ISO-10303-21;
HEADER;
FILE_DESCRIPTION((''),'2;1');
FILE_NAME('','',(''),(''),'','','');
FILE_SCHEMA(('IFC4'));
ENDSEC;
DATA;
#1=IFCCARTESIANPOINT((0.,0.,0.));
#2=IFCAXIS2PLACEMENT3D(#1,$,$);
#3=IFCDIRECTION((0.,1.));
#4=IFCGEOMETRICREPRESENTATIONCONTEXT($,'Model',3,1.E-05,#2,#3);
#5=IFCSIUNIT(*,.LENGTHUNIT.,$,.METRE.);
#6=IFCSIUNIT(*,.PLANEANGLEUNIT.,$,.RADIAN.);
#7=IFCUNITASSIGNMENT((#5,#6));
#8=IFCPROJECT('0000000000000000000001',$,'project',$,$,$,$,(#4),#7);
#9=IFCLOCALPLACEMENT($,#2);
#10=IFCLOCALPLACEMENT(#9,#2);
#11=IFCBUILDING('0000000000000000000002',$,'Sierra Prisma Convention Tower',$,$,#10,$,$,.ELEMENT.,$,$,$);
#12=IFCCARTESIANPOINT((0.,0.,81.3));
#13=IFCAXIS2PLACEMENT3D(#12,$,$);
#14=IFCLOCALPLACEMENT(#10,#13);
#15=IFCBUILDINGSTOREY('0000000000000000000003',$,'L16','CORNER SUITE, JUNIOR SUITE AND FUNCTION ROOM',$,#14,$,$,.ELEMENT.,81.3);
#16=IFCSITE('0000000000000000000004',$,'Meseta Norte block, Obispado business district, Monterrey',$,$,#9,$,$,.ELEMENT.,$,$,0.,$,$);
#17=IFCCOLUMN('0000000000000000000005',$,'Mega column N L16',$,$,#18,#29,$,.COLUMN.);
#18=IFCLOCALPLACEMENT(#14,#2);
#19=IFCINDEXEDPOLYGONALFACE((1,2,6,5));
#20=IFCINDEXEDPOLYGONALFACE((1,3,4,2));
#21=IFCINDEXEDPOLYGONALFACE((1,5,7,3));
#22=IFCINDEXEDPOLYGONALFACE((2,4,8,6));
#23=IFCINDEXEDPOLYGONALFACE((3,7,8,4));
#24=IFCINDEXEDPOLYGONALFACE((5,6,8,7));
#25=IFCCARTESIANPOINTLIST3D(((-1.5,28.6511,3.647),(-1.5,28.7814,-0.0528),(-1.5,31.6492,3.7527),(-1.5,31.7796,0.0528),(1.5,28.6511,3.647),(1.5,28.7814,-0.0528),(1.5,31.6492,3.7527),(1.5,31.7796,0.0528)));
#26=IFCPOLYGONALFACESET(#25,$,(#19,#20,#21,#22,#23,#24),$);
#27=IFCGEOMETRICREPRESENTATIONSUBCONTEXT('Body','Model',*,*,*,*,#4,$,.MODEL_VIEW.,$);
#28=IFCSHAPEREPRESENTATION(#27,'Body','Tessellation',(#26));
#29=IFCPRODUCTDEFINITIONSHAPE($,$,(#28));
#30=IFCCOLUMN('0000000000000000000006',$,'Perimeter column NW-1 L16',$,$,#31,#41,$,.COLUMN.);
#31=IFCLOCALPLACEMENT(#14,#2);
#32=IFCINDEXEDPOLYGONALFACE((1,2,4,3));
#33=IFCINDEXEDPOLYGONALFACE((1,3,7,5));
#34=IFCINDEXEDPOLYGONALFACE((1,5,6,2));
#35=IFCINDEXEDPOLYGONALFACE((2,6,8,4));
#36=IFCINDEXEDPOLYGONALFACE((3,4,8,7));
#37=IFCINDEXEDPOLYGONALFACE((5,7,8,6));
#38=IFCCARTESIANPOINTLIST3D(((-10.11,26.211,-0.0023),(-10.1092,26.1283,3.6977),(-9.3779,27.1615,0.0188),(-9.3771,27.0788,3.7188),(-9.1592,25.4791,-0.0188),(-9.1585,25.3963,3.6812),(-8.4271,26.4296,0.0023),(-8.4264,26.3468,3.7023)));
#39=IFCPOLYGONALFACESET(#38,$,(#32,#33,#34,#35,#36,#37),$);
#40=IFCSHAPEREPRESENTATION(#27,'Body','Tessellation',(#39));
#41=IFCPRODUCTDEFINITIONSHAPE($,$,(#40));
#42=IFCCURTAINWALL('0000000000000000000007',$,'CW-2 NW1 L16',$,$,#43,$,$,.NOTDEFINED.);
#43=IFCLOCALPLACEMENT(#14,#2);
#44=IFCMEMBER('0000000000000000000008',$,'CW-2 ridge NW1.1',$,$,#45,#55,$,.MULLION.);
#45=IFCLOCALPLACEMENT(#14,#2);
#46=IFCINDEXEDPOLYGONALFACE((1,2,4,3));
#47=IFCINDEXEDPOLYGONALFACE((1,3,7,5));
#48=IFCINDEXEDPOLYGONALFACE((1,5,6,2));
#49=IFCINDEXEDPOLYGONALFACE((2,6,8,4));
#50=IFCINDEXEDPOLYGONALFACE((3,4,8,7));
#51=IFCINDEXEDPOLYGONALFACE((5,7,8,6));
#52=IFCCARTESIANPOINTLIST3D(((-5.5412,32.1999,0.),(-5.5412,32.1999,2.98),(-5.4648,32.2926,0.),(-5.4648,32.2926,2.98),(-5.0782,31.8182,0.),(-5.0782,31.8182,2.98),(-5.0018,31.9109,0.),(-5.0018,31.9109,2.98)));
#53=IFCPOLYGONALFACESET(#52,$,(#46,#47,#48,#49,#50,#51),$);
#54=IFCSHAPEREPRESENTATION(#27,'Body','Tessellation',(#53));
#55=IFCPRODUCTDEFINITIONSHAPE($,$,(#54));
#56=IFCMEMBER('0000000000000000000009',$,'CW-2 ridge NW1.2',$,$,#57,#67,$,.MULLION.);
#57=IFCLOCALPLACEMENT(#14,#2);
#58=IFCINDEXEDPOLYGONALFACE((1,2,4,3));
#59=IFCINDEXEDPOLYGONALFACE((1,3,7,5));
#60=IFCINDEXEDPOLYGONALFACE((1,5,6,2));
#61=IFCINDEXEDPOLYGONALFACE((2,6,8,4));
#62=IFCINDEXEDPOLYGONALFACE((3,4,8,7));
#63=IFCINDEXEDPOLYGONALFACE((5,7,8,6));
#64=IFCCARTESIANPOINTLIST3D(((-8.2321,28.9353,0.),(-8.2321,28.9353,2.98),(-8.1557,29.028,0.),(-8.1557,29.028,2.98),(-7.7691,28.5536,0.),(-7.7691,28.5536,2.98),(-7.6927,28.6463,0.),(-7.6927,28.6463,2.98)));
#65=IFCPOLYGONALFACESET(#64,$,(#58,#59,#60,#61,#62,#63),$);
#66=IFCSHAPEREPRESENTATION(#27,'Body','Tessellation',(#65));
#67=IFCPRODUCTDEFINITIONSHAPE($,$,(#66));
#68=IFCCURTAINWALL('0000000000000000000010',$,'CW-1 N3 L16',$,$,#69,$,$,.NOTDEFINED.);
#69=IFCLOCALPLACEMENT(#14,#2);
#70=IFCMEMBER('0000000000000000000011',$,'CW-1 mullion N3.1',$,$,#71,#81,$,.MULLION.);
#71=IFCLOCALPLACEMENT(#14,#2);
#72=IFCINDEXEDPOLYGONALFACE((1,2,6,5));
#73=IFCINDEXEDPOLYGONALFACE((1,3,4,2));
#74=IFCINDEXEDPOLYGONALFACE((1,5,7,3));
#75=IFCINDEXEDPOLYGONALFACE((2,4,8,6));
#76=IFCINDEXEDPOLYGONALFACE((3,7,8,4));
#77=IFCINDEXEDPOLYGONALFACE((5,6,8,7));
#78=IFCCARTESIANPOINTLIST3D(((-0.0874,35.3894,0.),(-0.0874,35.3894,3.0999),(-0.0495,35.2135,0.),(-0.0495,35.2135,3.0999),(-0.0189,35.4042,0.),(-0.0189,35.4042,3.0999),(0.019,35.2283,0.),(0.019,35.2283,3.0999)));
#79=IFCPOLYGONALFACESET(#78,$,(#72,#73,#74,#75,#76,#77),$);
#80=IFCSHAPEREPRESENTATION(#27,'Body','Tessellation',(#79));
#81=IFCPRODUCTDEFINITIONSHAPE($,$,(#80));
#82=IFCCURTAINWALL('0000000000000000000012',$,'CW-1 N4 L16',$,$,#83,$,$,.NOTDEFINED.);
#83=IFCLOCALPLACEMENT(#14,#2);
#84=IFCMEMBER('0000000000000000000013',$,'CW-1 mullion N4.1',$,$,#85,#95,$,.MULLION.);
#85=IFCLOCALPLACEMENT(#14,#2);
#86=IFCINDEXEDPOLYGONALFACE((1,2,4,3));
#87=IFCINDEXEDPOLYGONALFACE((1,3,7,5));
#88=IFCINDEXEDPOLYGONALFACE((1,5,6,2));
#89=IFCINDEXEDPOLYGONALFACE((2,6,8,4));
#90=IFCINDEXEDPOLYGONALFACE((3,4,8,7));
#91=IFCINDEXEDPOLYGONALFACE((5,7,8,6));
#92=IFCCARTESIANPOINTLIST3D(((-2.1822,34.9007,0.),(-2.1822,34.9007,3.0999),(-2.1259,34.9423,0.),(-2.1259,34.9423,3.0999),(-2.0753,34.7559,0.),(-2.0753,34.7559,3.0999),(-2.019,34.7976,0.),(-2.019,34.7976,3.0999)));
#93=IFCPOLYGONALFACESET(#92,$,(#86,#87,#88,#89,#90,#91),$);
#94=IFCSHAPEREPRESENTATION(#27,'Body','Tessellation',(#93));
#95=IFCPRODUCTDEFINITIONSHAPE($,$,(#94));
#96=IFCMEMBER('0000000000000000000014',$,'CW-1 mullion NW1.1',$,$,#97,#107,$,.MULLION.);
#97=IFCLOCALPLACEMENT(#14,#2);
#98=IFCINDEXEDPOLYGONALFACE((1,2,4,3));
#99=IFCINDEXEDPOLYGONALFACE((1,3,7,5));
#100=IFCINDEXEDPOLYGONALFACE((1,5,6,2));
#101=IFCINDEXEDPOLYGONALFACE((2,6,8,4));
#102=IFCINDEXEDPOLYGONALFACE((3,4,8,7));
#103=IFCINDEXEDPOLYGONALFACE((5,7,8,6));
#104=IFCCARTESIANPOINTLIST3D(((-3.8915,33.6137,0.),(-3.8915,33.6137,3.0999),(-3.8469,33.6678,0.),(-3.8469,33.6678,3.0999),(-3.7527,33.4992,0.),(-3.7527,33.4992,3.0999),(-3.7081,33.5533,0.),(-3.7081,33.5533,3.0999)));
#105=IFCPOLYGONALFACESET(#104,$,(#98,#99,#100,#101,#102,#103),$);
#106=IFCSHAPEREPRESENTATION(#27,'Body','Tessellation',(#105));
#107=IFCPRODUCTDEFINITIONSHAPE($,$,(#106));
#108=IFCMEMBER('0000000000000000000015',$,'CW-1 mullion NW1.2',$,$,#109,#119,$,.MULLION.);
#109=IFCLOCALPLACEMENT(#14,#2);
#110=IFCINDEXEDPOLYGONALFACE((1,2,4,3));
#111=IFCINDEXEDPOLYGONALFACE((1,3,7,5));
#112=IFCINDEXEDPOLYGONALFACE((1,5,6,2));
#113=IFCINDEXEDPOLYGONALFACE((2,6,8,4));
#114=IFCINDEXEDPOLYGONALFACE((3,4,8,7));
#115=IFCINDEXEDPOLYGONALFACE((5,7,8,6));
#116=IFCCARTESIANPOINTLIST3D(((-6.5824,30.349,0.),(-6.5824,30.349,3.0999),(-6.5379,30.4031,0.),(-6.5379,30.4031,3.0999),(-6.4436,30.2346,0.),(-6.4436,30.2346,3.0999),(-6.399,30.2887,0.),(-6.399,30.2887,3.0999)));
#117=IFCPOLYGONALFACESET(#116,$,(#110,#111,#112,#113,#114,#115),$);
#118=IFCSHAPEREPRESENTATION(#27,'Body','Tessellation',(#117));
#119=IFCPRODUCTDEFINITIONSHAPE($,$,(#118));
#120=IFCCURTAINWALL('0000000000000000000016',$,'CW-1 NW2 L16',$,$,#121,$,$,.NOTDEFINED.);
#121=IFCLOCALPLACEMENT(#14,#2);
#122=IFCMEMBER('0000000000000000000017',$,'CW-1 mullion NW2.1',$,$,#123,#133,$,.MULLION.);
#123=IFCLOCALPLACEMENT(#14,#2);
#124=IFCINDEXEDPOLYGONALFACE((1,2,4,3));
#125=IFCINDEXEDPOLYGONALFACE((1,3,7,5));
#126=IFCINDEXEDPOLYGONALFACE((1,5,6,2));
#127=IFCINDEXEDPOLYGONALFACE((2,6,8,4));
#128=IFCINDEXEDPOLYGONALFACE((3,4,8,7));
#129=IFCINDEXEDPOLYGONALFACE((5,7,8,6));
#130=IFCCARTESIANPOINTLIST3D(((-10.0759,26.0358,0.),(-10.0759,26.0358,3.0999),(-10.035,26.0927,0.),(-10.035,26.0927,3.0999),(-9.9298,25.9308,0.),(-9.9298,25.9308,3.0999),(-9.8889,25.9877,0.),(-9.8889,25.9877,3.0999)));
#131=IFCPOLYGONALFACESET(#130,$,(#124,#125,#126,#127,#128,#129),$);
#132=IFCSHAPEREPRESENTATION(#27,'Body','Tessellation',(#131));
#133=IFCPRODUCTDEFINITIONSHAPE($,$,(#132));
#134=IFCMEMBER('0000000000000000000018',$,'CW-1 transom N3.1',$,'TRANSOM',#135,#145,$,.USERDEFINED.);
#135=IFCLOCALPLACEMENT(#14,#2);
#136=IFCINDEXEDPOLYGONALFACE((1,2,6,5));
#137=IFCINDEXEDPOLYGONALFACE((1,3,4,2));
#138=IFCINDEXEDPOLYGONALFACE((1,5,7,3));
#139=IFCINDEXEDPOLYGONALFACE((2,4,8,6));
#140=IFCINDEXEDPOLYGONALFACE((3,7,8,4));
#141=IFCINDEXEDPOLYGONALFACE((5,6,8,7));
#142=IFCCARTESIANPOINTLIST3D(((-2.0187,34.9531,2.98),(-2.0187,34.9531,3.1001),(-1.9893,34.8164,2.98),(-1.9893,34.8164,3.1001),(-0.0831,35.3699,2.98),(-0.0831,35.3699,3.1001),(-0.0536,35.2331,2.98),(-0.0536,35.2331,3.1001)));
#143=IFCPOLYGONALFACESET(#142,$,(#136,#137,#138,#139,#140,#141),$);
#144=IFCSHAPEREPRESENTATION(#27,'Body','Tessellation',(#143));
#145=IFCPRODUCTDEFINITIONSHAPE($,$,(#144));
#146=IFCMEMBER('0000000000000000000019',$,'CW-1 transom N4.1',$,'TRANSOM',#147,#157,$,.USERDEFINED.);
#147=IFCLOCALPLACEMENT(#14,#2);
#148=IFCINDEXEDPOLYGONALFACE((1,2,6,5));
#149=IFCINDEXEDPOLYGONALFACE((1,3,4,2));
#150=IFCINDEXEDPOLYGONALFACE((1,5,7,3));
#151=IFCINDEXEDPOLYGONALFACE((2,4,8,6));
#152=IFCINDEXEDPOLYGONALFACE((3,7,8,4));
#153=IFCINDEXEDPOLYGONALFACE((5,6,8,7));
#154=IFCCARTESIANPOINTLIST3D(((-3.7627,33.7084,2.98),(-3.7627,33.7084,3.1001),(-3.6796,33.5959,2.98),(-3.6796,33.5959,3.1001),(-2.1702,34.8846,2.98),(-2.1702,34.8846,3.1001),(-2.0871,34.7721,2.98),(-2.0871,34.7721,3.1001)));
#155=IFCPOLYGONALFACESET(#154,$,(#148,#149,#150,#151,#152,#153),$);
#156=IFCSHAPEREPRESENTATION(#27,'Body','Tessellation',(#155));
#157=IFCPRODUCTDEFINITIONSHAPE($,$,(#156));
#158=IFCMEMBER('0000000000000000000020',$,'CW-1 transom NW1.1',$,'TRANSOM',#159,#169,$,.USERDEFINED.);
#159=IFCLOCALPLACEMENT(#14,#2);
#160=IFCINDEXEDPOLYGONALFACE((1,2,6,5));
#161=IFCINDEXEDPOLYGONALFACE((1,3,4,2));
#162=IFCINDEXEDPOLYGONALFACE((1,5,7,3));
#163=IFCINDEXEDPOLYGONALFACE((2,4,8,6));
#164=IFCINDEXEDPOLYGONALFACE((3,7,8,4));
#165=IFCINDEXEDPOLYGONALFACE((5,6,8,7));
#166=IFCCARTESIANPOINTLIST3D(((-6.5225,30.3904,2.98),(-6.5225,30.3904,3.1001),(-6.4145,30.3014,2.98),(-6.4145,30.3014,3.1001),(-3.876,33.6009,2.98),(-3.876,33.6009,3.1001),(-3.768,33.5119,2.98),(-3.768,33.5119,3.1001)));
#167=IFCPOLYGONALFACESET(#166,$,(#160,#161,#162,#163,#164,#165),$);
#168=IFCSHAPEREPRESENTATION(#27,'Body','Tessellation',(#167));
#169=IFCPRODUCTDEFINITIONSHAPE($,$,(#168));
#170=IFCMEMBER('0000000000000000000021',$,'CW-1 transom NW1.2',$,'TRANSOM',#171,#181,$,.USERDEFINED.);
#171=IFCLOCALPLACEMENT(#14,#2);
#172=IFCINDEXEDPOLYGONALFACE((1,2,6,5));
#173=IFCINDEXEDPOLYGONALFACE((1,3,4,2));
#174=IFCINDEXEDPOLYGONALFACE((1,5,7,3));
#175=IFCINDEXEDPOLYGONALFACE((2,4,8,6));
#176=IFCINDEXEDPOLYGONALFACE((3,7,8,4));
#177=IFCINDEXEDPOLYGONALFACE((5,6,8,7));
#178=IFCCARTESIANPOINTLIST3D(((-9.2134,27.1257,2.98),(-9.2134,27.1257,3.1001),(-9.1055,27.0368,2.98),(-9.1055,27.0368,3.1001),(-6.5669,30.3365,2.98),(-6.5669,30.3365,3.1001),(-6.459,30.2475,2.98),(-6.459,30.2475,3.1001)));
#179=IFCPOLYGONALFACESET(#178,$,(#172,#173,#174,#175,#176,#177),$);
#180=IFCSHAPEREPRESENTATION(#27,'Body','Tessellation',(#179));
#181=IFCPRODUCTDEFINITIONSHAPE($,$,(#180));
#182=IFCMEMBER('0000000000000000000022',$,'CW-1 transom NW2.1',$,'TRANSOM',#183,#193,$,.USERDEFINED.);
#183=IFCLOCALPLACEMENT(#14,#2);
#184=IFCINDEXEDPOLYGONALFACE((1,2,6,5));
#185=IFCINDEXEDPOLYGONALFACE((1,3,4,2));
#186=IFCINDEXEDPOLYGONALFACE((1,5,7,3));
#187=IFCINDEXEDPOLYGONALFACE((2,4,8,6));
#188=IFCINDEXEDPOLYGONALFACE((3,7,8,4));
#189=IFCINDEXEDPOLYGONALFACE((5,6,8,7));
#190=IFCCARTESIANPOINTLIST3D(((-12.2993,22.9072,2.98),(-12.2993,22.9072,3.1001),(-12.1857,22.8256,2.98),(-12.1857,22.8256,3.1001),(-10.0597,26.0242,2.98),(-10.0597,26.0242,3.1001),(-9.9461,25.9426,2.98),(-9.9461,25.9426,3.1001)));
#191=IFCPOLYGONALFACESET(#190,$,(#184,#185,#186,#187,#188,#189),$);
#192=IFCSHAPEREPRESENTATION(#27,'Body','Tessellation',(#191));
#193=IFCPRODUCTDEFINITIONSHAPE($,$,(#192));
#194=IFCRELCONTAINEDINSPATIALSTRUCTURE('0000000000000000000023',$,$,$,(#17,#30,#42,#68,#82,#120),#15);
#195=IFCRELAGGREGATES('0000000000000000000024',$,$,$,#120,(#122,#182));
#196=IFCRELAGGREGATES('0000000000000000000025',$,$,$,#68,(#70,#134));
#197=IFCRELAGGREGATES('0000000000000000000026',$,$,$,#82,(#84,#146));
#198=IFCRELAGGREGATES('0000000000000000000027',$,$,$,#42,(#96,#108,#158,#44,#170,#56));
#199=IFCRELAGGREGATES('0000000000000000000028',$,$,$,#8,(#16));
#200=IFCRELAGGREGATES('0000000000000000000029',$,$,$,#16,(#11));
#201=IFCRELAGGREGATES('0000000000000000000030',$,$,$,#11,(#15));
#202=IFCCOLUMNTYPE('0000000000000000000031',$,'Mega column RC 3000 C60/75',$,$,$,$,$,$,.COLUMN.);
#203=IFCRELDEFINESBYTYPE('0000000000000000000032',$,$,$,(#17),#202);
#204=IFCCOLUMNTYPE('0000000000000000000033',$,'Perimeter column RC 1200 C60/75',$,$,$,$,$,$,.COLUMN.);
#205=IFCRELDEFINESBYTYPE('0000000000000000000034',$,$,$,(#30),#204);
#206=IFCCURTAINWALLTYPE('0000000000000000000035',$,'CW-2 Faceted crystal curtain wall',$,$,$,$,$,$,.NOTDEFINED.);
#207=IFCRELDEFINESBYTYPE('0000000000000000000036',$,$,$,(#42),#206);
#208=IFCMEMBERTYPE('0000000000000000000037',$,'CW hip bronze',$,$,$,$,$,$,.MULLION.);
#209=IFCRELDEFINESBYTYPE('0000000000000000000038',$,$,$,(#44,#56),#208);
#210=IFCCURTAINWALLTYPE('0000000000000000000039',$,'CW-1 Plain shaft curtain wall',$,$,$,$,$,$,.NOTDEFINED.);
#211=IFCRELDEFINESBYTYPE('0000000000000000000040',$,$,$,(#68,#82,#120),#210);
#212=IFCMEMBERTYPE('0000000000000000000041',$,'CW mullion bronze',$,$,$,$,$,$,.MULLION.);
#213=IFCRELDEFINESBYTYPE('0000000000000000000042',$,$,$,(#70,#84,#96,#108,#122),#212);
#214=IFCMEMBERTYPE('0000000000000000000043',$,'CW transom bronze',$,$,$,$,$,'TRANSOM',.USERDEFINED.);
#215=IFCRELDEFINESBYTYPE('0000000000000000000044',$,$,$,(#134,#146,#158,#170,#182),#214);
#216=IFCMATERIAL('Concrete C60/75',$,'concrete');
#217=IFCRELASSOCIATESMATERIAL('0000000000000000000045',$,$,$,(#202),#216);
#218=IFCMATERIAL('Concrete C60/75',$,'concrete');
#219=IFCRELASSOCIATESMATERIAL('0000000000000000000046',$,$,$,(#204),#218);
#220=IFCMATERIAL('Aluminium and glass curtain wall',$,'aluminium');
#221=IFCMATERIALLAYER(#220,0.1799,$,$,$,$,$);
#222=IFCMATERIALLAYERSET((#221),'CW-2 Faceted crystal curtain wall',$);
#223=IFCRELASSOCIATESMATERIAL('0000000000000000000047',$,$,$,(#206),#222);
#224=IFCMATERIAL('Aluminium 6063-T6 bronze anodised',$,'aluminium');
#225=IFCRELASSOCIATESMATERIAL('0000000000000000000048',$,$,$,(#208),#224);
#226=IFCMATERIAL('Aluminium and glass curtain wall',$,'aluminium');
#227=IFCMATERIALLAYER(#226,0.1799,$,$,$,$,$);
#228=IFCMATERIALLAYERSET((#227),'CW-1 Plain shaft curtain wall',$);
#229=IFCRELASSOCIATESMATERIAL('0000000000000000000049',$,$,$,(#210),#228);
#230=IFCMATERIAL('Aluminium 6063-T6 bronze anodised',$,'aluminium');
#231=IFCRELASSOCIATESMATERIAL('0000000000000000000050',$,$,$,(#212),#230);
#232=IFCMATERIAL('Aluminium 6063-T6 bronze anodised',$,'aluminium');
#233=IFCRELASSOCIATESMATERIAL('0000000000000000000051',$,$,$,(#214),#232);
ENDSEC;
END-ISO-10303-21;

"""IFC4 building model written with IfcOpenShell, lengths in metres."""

from ifc_helpers import new_model, si_unit, direction, frame, origin, origin_2d, place, context, subcontext, project, spatial, rectangle, extrude, material, layer, layer_set, material_profile, profile_set, type_object, element, aggregate, save


model = new_model("IFC4")

# Units and contexts
model_context = context("Model", 3, precision=1e-05, world=origin(), true_north=direction((0.0, 1.0)))
body_context = subcontext(model_context, "Body", "Model", "MODEL_VIEW")
ifc_project = project(units=[si_unit("LENGTHUNIT", "METRE"), si_unit("PLANEANGLEUNIT", "RADIAN")], contexts=[model_context])

# Site, building, storey
site_placement = place(None, origin())
site = spatial("IfcSite", under=ifc_project, at=site_placement, Name="Meseta Norte block, Obispado business district, Monterrey", CompositionType="ELEMENT", RefElevation=0.0)
building_placement = place(site_placement, origin())
building = spatial("IfcBuilding", under=site, at=building_placement, Name="Sierra Prisma Convention Tower", CompositionType="ELEMENT")
storey_placement = place(building_placement, frame((0.0, 0.0, 81.3)))
storey = spatial("IfcBuildingStorey", under=building, at=storey_placement, Name="L16", Description="CORNER SUITE, JUNIOR SUITE AND FUNCTION ROOM", CompositionType="ELEMENT", Elevation=81.3)

# Columns
ifc_material_1 = material(Name="Concrete C60/75", Category="concrete")
ifc_material_profile_1 = material_profile(ifc_material_1, rectangle(XDim=3.0, YDim=3.0, at=origin_2d()), Name="Mega column RC 3000 C60/75")
ifc_profile_set_1 = profile_set([ifc_material_profile_1], Name="Concrete C60/75")
column_type_1 = type_object("IfcColumnType", Name="Mega column RC 3000 C60/75", PredefinedType="COLUMN", material=ifc_profile_set_1)
column_1_placement = place(storey_placement, frame((0.0, 30.2805, 0.0), z_axis=(0.0, -0.035214, 0.99938), x_axis=(1.0, 0.0, 0.0)))
element("IfcColumn", 1, at=column_1_placement, inside=storey, type_object=column_type_1, Name="Mega column N L16", PredefinedType="COLUMN", context=body_context, shape_type="SweptSolid", body=[
    extrude(rectangle(XDim=3.0, YDim=3.0, at=origin_2d()), origin(), (0.0, 0.0, 1.0), 3.7021),
])
ifc_material_2 = material(Name="Concrete C60/75", Category="concrete")
ifc_material_profile_2 = material_profile(ifc_material_2, rectangle(XDim=1.2, YDim=1.2, at=origin_2d()), Name="Perimeter column RC 1200 C60/75")
ifc_profile_set_2 = profile_set([ifc_material_profile_2], Name="Concrete C60/75")
column_type_2 = type_object("IfcColumnType", Name="Perimeter column RC 1200 C60/75", PredefinedType="COLUMN", material=ifc_profile_set_2)
column_2_placement = place(storey_placement, frame((-9.2686, 26.3203, 0.0), z_axis=(0.000198, -0.022363, 0.99975), x_axis=(0.610123, 0.792111, 0.017598)))
element("IfcColumn", 2, at=column_2_placement, inside=storey, type_object=column_type_2, Name="Perimeter column NW-1 L16", PredefinedType="COLUMN", context=body_context, shape_type="SweptSolid", body=[
    extrude(rectangle(XDim=1.2, YDim=1.2, at=origin_2d()), origin(), (0.0, 0.0, 1.0), 3.7009),
])

# Curtain wall, members
ifc_material_3 = material(Name="Aluminium and glass curtain wall", Category="aluminium")
ifc_layer_1 = layer(ifc_material_3, 0.1799)
ifc_layer_set_1 = layer_set([ifc_layer_1], Name="CW-2 Faceted crystal curtain wall")
curtain_wall_type_1 = type_object("IfcCurtainWallType", Name="CW-2 Faceted crystal curtain wall", PredefinedType="NOTDEFINED", material=ifc_layer_set_1)
curtain_wall_1_placement = place(storey_placement, origin())
curtain_wall_1 = element("IfcCurtainWall", 3, at=curtain_wall_1_placement, inside=storey, type_object=curtain_wall_type_1, Name="CW-2 NW1 L16", PredefinedType="NOTDEFINED")
ifc_material_4 = material(Name="Aluminium 6063-T6 bronze anodised", Category="aluminium")
ifc_material_profile_3 = material_profile(ifc_material_4, rectangle(XDim=0.1201, YDim=0.6001, at=origin_2d()), Name="ALU RIDGE BLADE 120x600")
ifc_profile_set_3 = profile_set([ifc_material_profile_3], Name="Aluminium 6063-T6 bronze anodised")
member_type_1 = type_object("IfcMemberType", Name="CW hip bronze", PredefinedType="MULLION", material=ifc_profile_set_3)
member_1_placement = place(storey_placement, frame((-5.2715, 32.0554, 0.0), z_axis=(0.0, 0.0, 1.0), x_axis=(-0.636051, -0.771647, 0.0)))
member_1 = element("IfcMember", 4, at=member_1_placement, type_object=member_type_1, Name="CW-2 ridge NW1.1", PredefinedType="MULLION", context=body_context, shape_type="SweptSolid", body=[
    extrude(rectangle(XDim=0.1201, YDim=0.6001, at=origin_2d()), origin(), (0.0, 0.0, 1.0), 2.98),
])
member_2_placement = place(storey_placement, frame((-7.9624, 28.7908, 0.0), z_axis=(0.0, 0.0, 1.0), x_axis=(-0.636051, -0.771647, 0.0)))
member_2 = element("IfcMember", 5, at=member_2_placement, type_object=member_type_1, Name="CW-2 ridge NW1.2", PredefinedType="MULLION", context=body_context, shape_type="SweptSolid", body=[
    extrude(rectangle(XDim=0.1201, YDim=0.6001, at=origin_2d()), origin(), (0.0, 0.0, 1.0), 2.98),
])

# Curtain walls, members
ifc_material_5 = material(Name="Aluminium and glass curtain wall", Category="aluminium")
ifc_layer_2 = layer(ifc_material_5, 0.1799)
ifc_layer_set_2 = layer_set([ifc_layer_2], Name="CW-1 Plain shaft curtain wall")
curtain_wall_type_2 = type_object("IfcCurtainWallType", Name="CW-1 Plain shaft curtain wall", PredefinedType="NOTDEFINED", material=ifc_layer_set_2)
curtain_wall_2_placement = place(storey_placement, origin())
curtain_wall_2 = element("IfcCurtainWall", 6, at=curtain_wall_2_placement, inside=storey, type_object=curtain_wall_type_2, Name="CW-1 N3 L16", PredefinedType="NOTDEFINED")
ifc_material_6 = material(Name="Aluminium 6063-T6 bronze anodised", Category="aluminium")
ifc_material_profile_4 = material_profile(ifc_material_6, rectangle(XDim=0.1799, YDim=0.0701, at=origin_2d()), Name="ALU MULLION 70x180")
ifc_profile_set_4 = profile_set([ifc_material_profile_4], Name="Aluminium 6063-T6 bronze anodised")
member_type_2 = type_object("IfcMemberType", Name="CW mullion bronze", PredefinedType="MULLION", material=ifc_profile_set_4)
member_3_placement = place(storey_placement, frame((-0.0342, 35.3088, 0.0), z_axis=(0.0, 0.0, 1.0), x_axis=(0.210482, -0.977598, 0.0)))
member_3 = element("IfcMember", 7, at=member_3_placement, type_object=member_type_2, Name="CW-1 mullion N3.1", PredefinedType="MULLION", context=body_context, shape_type="SweptSolid", body=[
    extrude(rectangle(XDim=0.1799, YDim=0.0701, at=origin_2d()), origin(), (0.0, 0.0, 1.0), 3.0999),
])
curtain_wall_3_placement = place(storey_placement, origin())
curtain_wall_3 = element("IfcCurtainWall", 8, at=curtain_wall_3_placement, inside=storey, type_object=curtain_wall_type_2, Name="CW-1 N4 L16", PredefinedType="NOTDEFINED")
member_4_placement = place(storey_placement, frame((-2.1006, 34.8491, 0.0), z_axis=(0.0, 0.0, 1.0), x_axis=(0.594147, -0.804356, 0.0)))
member_4 = element("IfcMember", 9, at=member_4_placement, type_object=member_type_2, Name="CW-1 mullion N4.1", PredefinedType="MULLION", context=body_context, shape_type="SweptSolid", body=[
    extrude(rectangle(XDim=0.1799, YDim=0.0701, at=origin_2d()), origin(), (0.0, 0.0, 1.0), 3.0999),
])

# Members
member_5_placement = place(storey_placement, frame((-3.7998, 33.5835, 0.0), z_axis=(0.0, 0.0, 1.0), x_axis=(0.771647, -0.636051, 0.0)))
member_5 = element("IfcMember", 10, at=member_5_placement, type_object=member_type_2, Name="CW-1 mullion NW1.1", PredefinedType="MULLION", context=body_context, shape_type="SweptSolid", body=[
    extrude(rectangle(XDim=0.1799, YDim=0.0701, at=origin_2d()), origin(), (0.0, 0.0, 1.0), 3.0999),
])
member_6_placement = place(storey_placement, frame((-6.4907, 30.3188, 0.0), z_axis=(0.0, 0.0, 1.0), x_axis=(0.771647, -0.636051, 0.0)))
member_6 = element("IfcMember", 11, at=member_6_placement, type_object=member_type_2, Name="CW-1 mullion NW1.2", PredefinedType="MULLION", context=body_context, shape_type="SweptSolid", body=[
    extrude(rectangle(XDim=0.1799, YDim=0.0701, at=origin_2d()), origin(), (0.0, 0.0, 1.0), 3.0999),
])

# Curtain wall, member
curtain_wall_4_placement = place(storey_placement, origin())
curtain_wall_4 = element("IfcCurtainWall", 12, at=curtain_wall_4_placement, inside=storey, type_object=curtain_wall_type_2, Name="CW-1 NW2 L16", PredefinedType="NOTDEFINED")
member_7_placement = place(storey_placement, frame((-9.9824, 26.0117, 0.0), z_axis=(0.0, 0.0, 1.0), x_axis=(0.812096, -0.583524, 0.0)))
member_7 = element("IfcMember", 13, at=member_7_placement, type_object=member_type_2, Name="CW-1 mullion NW2.1", PredefinedType="MULLION", context=body_context, shape_type="SweptSolid", body=[
    extrude(rectangle(XDim=0.1799, YDim=0.0701, at=origin_2d()), origin(), (0.0, 0.0, 1.0), 3.0999),
])

# Members
ifc_material_7 = material(Name="Aluminium 6063-T6 bronze anodised", Category="aluminium")
ifc_material_profile_5 = material_profile(ifc_material_7, rectangle(XDim=0.1399, YDim=0.1201, at=origin_2d()), Name="ALU TRANSOM 120x140")
ifc_profile_set_5 = profile_set([ifc_material_profile_5], Name="Aluminium 6063-T6 bronze anodised")
member_type_3 = type_object("IfcMemberType", Name="CW transom bronze", ElementType="TRANSOM", PredefinedType="USERDEFINED", material=ifc_profile_set_5)
member_8_placement = place(storey_placement, frame((-0.0684, 35.3015, 3.04), z_axis=(-0.977596, -0.210489, 0.0), x_axis=(0.210489, -0.977596, 0.0)))
member_8 = element("IfcMember", 14, at=member_8_placement, type_object=member_type_3, Name="CW-1 transom N3.1", ObjectType="TRANSOM", PredefinedType="USERDEFINED", context=body_context, shape_type="SweptSolid", body=[
    extrude(rectangle(XDim=0.1399, YDim=0.1201, at=origin_2d()), origin(), (0.0, 0.0, 1.0), 1.98),
])
member_9_placement = place(storey_placement, frame((-2.1287, 34.8284, 3.04), z_axis=(-0.804373, -0.594124, 0.0), x_axis=(0.594124, -0.804373, 0.0)))
member_9 = element("IfcMember", 15, at=member_9_placement, type_object=member_type_3, Name="CW-1 transom N4.1", ObjectType="TRANSOM", PredefinedType="USERDEFINED", context=body_context, shape_type="SweptSolid", body=[
    extrude(rectangle(XDim=0.1399, YDim=0.1201, at=origin_2d()), origin(), (0.0, 0.0, 1.0), 1.9797),
])
member_10_placement = place(storey_placement, frame((-3.822, 33.5564, 3.04), z_axis=(-0.636077, -0.771625, 0.0), x_axis=(0.771625, -0.636077, 0.0)))
member_10 = element("IfcMember", 16, at=member_10_placement, type_object=member_type_3, Name="CW-1 transom NW1.1", ObjectType="TRANSOM", PredefinedType="USERDEFINED", context=body_context, shape_type="SweptSolid", body=[
    extrude(rectangle(XDim=0.1399, YDim=0.1201, at=origin_2d()), origin(), (0.0, 0.0, 1.0), 4.1606),
])
member_11_placement = place(storey_placement, frame((-6.5129, 30.292, 3.04), z_axis=(-0.636049, -0.771649, 0.0), x_axis=(0.771649, -0.636049, 0.0)))
member_11 = element("IfcMember", 17, at=member_11_placement, type_object=member_type_3, Name="CW-1 transom NW1.2", ObjectType="TRANSOM", PredefinedType="USERDEFINED", context=body_context, shape_type="SweptSolid", body=[
    extrude(rectangle(XDim=0.1399, YDim=0.1201, at=origin_2d()), origin(), (0.0, 0.0, 1.0), 4.1609),
])
member_12_placement = place(storey_placement, frame((-10.0029, 25.9834, 3.04), z_axis=(-0.583498, -0.812114, 0.0), x_axis=(0.812114, -0.583498, 0.0)))
member_12 = element("IfcMember", 18, at=member_12_placement, type_object=member_type_3, Name="CW-1 transom NW2.1", ObjectType="TRANSOM", PredefinedType="USERDEFINED", context=body_context, shape_type="SweptSolid", body=[
    extrude(rectangle(XDim=0.1399, YDim=0.1201, at=origin_2d()), origin(), (0.0, 0.0, 1.0), 3.8381),
])
aggregate(curtain_wall_4, [member_7, member_12])

aggregate(curtain_wall_2, [member_3, member_8])
aggregate(curtain_wall_3, [member_4, member_9])
aggregate(curtain_wall_1, [member_5, member_6, member_10, member_1, member_11, member_2])

save(model, "model.ifc")
